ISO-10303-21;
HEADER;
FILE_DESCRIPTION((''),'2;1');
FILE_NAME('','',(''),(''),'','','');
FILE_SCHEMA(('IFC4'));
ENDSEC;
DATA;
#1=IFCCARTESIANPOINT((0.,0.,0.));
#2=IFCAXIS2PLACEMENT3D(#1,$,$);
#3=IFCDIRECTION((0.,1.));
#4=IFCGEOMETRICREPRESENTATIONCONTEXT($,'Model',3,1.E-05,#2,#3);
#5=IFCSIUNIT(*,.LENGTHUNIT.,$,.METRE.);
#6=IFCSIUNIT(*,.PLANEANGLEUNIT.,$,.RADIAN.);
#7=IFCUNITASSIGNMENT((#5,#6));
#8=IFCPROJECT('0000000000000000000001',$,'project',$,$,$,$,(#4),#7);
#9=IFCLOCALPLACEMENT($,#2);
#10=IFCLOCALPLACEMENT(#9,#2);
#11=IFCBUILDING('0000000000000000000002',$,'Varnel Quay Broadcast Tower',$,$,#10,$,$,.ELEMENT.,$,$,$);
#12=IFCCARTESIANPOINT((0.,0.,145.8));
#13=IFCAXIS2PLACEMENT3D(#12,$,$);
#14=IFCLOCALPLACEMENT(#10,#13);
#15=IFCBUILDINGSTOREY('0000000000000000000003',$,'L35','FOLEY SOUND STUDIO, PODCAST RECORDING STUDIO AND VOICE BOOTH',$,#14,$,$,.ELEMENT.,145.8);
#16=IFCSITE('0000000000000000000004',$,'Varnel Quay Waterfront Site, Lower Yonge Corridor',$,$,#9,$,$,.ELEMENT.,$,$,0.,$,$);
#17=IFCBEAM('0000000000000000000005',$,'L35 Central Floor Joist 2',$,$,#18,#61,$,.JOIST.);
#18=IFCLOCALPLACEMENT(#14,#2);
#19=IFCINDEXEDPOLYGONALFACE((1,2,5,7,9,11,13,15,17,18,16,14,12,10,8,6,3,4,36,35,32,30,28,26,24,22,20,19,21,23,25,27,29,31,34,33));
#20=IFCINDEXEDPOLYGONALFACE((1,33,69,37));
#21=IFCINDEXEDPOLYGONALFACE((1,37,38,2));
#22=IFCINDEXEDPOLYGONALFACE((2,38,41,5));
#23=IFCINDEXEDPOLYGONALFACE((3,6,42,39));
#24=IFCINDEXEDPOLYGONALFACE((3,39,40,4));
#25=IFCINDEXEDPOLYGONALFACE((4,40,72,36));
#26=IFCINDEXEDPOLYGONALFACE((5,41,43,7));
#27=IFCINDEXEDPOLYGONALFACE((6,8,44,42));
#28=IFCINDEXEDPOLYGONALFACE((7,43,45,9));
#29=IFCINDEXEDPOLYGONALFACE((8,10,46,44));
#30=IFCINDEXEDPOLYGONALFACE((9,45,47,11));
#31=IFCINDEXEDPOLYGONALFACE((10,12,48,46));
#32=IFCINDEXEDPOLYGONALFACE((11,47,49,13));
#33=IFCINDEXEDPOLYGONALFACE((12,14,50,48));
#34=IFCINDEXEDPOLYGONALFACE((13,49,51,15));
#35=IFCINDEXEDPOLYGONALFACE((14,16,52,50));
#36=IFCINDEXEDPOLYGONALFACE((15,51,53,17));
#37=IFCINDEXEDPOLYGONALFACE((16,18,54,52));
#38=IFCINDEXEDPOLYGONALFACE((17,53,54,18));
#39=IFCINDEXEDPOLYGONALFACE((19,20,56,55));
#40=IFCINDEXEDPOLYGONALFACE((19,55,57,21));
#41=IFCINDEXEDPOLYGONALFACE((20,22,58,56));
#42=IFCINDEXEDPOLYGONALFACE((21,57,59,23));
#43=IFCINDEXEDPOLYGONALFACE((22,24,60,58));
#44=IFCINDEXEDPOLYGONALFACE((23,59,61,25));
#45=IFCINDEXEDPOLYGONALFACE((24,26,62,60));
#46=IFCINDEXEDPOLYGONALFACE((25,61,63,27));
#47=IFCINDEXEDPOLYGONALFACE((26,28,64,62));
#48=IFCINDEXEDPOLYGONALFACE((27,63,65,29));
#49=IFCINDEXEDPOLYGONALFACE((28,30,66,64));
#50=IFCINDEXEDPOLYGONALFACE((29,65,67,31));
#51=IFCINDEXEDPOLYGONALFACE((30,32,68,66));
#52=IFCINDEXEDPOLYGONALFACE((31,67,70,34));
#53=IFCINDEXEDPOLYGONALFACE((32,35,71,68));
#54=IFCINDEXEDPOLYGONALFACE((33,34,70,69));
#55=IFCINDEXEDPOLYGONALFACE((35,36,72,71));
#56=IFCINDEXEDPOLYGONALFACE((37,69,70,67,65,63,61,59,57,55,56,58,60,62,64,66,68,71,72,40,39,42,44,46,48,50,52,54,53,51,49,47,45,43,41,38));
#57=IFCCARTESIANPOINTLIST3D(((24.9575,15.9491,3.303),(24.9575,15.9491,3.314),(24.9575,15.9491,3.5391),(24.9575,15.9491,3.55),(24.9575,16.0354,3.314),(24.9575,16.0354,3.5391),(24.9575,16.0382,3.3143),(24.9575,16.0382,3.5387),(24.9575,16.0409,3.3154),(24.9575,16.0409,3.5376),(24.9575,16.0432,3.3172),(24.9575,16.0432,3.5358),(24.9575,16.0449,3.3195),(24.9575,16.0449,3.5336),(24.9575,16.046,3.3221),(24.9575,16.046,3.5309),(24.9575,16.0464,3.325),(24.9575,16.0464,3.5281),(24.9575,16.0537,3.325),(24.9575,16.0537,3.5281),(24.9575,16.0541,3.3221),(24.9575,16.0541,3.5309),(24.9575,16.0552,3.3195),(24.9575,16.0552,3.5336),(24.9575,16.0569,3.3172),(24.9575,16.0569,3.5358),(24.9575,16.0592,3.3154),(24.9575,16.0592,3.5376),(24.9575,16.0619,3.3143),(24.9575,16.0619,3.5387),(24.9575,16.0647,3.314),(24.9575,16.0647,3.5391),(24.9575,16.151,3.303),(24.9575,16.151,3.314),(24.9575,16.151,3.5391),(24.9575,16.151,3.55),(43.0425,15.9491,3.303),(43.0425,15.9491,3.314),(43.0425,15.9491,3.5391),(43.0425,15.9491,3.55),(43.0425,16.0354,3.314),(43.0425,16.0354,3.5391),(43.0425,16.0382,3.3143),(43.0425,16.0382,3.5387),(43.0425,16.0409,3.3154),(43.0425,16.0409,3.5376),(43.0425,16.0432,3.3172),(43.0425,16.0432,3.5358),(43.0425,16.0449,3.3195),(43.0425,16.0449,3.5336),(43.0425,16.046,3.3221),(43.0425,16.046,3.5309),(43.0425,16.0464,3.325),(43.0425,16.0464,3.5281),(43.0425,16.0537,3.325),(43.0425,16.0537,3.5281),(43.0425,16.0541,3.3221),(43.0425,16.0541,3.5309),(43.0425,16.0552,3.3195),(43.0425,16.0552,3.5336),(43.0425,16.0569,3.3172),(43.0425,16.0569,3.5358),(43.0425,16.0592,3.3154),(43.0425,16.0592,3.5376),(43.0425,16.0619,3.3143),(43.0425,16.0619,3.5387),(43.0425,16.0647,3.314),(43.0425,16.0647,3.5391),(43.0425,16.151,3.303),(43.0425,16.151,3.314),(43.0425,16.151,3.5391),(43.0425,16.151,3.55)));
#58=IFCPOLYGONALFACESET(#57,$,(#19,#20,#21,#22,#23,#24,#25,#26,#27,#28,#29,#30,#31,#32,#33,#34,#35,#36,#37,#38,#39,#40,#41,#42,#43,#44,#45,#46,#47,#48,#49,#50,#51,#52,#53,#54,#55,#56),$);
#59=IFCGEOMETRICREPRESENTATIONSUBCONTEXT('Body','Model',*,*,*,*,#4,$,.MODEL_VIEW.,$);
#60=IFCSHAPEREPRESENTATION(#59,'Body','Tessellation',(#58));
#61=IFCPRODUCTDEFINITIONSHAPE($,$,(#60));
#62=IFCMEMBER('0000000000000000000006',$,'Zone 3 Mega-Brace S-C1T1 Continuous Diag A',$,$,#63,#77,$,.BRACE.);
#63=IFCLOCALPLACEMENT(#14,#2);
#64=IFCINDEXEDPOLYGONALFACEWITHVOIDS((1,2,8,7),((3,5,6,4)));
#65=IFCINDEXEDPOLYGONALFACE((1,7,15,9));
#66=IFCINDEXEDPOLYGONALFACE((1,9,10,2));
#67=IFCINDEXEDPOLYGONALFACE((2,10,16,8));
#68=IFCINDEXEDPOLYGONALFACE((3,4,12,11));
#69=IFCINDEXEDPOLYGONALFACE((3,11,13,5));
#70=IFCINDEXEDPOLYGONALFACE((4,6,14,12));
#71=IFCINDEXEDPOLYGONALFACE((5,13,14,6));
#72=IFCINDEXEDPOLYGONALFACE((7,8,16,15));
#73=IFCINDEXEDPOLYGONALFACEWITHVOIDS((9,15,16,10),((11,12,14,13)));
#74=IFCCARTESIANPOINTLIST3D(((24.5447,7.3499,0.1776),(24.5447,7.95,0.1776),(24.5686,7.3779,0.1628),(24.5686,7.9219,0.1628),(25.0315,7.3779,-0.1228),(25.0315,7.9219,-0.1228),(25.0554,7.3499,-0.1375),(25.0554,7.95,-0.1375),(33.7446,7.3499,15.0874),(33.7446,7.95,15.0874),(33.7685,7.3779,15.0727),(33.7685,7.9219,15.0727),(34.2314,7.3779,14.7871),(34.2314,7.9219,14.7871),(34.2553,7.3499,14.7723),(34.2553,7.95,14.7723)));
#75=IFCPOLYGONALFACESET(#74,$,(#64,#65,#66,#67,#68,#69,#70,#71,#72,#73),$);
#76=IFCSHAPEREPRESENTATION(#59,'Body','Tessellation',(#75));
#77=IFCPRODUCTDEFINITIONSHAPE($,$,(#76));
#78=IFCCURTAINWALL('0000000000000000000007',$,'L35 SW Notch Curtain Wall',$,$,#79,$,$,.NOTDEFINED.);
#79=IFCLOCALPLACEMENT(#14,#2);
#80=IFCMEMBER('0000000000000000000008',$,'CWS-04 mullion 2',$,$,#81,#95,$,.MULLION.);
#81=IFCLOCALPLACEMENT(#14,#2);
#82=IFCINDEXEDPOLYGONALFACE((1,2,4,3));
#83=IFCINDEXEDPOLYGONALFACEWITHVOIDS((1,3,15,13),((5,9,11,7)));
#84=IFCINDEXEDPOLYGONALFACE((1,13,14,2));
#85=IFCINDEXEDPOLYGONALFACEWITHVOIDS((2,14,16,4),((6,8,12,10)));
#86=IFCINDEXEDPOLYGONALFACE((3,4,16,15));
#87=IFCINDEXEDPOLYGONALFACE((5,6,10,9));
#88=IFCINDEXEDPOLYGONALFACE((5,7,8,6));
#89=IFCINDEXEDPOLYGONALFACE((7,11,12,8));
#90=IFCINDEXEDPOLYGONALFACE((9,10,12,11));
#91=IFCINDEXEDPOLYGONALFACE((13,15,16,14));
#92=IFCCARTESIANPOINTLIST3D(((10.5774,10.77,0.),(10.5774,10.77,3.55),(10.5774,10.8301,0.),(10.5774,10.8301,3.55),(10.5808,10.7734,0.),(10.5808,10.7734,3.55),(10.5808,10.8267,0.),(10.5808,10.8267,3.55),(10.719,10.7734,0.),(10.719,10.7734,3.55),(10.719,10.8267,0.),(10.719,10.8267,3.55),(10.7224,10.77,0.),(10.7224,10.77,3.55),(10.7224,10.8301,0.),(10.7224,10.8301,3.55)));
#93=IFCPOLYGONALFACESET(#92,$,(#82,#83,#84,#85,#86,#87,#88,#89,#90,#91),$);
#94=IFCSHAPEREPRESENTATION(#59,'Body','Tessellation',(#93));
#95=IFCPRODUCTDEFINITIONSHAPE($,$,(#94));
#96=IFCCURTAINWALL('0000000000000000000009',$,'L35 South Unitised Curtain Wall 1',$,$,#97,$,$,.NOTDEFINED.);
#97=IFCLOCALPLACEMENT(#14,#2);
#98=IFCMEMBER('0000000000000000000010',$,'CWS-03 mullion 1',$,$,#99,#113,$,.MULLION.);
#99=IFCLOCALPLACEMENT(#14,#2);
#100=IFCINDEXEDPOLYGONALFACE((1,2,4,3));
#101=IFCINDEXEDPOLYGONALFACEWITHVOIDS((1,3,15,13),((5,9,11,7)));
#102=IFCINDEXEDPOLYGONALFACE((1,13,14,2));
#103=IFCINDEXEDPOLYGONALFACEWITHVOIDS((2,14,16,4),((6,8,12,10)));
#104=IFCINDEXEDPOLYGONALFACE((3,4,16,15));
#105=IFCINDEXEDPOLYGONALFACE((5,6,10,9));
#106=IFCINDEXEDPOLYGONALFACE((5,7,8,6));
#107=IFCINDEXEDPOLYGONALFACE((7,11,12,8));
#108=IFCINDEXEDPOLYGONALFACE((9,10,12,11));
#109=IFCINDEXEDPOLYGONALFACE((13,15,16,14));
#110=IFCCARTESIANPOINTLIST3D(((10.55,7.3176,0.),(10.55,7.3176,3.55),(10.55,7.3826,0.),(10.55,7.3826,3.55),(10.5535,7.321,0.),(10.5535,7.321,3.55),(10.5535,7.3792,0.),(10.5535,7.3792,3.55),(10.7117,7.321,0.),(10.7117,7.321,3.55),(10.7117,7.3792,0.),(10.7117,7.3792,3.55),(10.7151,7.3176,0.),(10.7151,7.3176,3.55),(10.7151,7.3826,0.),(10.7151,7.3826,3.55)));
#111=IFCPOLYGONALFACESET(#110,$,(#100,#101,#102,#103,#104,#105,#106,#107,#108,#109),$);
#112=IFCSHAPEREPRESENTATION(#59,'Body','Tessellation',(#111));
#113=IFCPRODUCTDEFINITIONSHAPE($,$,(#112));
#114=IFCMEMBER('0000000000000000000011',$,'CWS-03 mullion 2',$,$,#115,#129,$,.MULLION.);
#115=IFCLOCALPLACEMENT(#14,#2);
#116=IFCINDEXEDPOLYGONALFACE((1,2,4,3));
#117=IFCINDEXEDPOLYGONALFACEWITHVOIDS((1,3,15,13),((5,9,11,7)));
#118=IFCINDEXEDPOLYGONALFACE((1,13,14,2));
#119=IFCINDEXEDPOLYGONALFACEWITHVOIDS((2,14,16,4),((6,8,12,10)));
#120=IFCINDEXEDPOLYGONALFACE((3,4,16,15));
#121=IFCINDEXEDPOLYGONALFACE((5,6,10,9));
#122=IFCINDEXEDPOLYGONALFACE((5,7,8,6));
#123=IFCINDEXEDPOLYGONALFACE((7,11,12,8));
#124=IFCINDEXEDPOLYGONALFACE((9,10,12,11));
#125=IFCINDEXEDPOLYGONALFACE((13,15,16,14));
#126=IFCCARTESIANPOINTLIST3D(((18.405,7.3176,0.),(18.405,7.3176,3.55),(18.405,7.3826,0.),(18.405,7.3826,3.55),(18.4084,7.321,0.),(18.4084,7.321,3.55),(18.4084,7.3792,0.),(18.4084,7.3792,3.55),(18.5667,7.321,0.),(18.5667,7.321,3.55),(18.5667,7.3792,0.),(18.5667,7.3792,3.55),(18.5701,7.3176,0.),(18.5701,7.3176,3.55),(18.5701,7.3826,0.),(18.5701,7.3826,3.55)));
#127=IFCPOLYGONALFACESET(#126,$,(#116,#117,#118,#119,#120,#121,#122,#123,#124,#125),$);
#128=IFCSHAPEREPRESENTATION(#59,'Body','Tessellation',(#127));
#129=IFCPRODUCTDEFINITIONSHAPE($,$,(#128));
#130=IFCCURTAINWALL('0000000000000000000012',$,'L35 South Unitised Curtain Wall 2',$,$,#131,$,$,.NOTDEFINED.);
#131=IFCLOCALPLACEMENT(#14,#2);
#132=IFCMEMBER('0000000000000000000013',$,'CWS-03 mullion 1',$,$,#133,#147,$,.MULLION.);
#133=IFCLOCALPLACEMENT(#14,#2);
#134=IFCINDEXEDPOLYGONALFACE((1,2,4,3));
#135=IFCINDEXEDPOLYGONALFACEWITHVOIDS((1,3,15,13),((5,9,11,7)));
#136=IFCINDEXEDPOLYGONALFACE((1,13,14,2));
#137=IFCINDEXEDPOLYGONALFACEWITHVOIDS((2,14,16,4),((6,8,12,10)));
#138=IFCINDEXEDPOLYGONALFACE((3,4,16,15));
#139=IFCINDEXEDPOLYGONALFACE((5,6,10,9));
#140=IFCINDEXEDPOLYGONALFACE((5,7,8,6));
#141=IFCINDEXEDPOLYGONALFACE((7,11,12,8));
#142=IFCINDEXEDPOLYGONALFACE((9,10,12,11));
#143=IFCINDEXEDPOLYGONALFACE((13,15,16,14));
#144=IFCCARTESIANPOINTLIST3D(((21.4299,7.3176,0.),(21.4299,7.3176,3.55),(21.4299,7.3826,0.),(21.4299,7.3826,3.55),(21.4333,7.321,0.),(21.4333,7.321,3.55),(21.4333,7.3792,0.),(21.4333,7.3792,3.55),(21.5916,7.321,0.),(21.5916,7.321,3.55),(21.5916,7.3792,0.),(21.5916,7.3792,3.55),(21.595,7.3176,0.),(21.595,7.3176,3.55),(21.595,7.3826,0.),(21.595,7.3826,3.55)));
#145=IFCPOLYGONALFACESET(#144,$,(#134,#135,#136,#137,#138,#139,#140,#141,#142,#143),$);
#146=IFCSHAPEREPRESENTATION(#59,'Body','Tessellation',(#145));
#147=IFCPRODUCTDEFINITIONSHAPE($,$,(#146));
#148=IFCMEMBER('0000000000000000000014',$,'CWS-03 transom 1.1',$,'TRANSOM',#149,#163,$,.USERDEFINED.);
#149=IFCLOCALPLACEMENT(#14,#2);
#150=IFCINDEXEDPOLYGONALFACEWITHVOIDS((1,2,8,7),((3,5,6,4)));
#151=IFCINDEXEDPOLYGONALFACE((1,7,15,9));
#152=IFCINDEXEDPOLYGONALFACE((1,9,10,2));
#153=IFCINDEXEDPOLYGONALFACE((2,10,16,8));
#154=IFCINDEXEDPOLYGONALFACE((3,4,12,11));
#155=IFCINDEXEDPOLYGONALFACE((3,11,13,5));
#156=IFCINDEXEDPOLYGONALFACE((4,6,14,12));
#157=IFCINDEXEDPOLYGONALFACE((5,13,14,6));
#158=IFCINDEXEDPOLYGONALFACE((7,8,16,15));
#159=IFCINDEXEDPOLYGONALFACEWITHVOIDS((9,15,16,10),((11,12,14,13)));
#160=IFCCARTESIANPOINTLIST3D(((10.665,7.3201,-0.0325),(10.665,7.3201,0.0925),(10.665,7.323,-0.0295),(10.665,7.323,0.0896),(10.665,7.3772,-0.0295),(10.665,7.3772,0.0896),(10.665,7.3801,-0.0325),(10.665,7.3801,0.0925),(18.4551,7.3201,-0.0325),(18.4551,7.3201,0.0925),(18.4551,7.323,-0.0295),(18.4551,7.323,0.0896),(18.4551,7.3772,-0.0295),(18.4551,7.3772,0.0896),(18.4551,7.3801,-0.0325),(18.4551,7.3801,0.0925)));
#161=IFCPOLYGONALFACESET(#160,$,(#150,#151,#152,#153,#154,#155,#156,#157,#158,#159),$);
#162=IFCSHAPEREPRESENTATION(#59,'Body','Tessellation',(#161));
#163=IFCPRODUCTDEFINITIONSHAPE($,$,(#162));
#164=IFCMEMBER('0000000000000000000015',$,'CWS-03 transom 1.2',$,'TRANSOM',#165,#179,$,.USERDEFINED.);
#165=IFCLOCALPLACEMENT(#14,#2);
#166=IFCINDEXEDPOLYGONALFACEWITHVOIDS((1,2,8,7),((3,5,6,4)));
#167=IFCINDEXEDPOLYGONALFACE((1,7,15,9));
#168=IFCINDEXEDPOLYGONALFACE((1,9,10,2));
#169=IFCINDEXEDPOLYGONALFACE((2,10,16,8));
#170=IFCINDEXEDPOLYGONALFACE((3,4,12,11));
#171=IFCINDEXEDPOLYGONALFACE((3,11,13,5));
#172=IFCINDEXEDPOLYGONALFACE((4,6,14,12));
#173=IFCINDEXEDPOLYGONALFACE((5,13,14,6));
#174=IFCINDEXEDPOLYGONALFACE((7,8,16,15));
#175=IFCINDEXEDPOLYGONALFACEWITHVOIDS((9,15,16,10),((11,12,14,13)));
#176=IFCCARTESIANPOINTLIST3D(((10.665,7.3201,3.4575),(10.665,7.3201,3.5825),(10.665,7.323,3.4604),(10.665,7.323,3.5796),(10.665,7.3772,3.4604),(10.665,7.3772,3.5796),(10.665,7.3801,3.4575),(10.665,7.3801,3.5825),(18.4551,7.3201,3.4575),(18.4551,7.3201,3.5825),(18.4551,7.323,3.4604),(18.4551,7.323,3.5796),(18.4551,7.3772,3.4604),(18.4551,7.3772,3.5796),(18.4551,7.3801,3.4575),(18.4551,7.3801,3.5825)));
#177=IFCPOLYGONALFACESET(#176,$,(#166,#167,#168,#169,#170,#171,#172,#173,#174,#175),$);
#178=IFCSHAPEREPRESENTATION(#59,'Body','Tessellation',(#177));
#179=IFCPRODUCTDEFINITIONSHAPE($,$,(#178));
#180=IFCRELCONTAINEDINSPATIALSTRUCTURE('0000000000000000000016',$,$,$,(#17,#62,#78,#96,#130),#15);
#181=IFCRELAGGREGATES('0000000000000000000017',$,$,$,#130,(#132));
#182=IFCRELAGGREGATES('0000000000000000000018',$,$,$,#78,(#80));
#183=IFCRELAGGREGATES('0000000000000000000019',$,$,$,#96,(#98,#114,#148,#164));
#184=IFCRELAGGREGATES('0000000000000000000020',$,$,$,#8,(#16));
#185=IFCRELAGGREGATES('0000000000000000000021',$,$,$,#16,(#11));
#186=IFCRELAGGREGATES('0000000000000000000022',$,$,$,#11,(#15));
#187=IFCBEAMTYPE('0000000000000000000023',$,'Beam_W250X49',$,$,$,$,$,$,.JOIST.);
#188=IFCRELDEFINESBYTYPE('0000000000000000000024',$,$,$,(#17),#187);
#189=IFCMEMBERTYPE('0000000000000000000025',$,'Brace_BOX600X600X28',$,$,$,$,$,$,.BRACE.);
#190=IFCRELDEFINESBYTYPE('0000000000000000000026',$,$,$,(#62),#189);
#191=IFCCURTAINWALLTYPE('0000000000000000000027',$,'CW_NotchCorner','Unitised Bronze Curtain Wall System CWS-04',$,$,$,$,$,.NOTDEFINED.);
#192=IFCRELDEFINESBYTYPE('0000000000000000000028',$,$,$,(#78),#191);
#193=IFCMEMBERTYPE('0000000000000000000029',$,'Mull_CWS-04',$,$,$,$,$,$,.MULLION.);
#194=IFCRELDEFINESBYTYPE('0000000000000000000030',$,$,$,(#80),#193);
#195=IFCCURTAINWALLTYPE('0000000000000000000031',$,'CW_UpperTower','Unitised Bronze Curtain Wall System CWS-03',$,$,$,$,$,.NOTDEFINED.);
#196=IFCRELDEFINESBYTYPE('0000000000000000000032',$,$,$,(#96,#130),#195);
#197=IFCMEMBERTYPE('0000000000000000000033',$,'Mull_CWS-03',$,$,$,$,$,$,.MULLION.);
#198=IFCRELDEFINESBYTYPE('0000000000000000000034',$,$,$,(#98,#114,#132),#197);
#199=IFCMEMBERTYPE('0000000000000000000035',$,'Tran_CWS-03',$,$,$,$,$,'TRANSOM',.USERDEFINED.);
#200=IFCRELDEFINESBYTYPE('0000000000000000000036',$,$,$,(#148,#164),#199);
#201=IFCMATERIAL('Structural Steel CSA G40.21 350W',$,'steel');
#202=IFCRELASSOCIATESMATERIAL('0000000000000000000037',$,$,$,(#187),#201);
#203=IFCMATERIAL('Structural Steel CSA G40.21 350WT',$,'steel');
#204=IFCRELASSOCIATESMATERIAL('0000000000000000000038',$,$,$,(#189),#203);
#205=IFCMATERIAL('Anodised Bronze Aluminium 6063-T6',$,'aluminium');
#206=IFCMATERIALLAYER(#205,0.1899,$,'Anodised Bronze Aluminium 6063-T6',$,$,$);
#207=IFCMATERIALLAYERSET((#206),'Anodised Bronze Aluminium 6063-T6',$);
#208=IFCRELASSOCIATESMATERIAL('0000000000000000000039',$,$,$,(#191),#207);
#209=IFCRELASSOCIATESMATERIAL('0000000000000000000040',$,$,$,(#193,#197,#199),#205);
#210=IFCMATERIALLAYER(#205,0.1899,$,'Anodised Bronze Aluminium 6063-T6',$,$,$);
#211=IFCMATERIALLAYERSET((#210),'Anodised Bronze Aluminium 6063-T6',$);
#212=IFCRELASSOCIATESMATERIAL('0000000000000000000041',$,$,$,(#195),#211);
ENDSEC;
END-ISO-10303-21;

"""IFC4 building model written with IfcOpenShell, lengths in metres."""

from ifc_helpers import new_model, si_unit, direction, frame, origin, origin_2d, place, context, subcontext, project, spatial, hollow_rectangle, i_section, extrude, source, transform, mapped, material, layer, layer_set, material_profile, profile_set, type_object, type_shapes, element, aggregate, save


model = new_model("IFC4")

# Units and contexts
model_context = context("Model", 3, precision=1e-05, world=origin(), true_north=direction((0.0, 1.0)))
body_context = subcontext(model_context, "Body", "Model", "MODEL_VIEW")
ifc_project = project(units=[si_unit("LENGTHUNIT", "METRE"), si_unit("PLANEANGLEUNIT", "RADIAN")], contexts=[model_context])

# Site, building, storey
site_placement = place(None, origin())
site = spatial("IfcSite", under=ifc_project, at=site_placement, Name="Varnel Quay Waterfront Site, Lower Yonge Corridor", CompositionType="ELEMENT", RefElevation=0.0)
building_placement = place(site_placement, origin())
building = spatial("IfcBuilding", under=site, at=building_placement, Name="Varnel Quay Broadcast Tower", CompositionType="ELEMENT")
storey_placement = place(building_placement, frame((0.0, 0.0, 145.8)))
storey = spatial("IfcBuildingStorey", under=building, at=storey_placement, Name="L35", Description="FOLEY SOUND STUDIO, PODCAST RECORDING STUDIO AND VOICE BOOTH", CompositionType="ELEMENT", Elevation=145.8)

# Shared definitions
ifc_material_1 = material(Name="Structural Steel CSA G40.21 350WT", Category="steel")
ifc_material_2 = material(Name="Structural Steel CSA G40.21 350W", Category="steel")

# Beam
ifc_material_profile_1 = material_profile(ifc_material_2, i_section(OverallWidth=0.2019, OverallDepth=0.2471, WebThickness=0.0073, FlangeThickness=0.011, FilletRadius=0.011, at=origin_2d()), Name="W250X49")
ifc_profile_set_1 = profile_set([ifc_material_profile_1], Name="Structural Steel CSA G40.21 350W")
beam_type_1 = type_object("IfcBeamType", Name="Beam_W250X49", PredefinedType="JOIST", material=ifc_profile_set_1)
shared_shape_1 = source(origin(), body_context, "Body", "SweptSolid", [
    extrude(i_section(OverallWidth=0.2019, OverallDepth=0.2471, WebThickness=0.0073, FlangeThickness=0.011, FilletRadius=0.011, at=origin_2d()), origin(), (0.0, 0.0, 1.0), 18.085),
])
type_shapes(beam_type_1, [shared_shape_1])
beam_1_placement = place(storey_placement, frame((24.9575, 16.05, 3.4265), z_axis=(1.0, 0.0, 0.0), x_axis=(0.0, 1.0, 0.0)))
element("IfcBeam", 1, at=beam_1_placement, inside=storey, type_object=beam_type_1, Name="L35 Central Floor Joist 2", PredefinedType="JOIST", context=body_context, shape_type="MappedRepresentation", body=[
    mapped(shared_shape_1, transform((0.0, 0.0, 0.0), x_axis=(1.0, 0.0, 0.0), y_axis=(0.0, 1.0, 0.0), z_axis=(0.0, 0.0, 1.0), scale=1.0)),
])

# Member
ifc_material_profile_2 = material_profile(ifc_material_1, hollow_rectangle(XDim=0.6001, YDim=0.6001, WallThickness=0.0281, at=origin_2d()), Name="BOX600X600X28")
ifc_profile_set_2 = profile_set([ifc_material_profile_2], Name="Structural Steel CSA G40.21 350WT")
member_type_1 = type_object("IfcMemberType", Name="Brace_BOX600X600X28", PredefinedType="BRACE", material=ifc_profile_set_2)
shared_shape_2 = source(origin(), body_context, "Body", "SweptSolid", [
    extrude(hollow_rectangle(XDim=0.6001, YDim=0.6001, WallThickness=0.0281, at=origin_2d()), origin(), (0.0, 0.0, 1.0), 17.5198),
])
type_shapes(member_type_1, [shared_shape_2])
member_1_placement = place(storey_placement, frame((24.8, 7.6499, 0.02), z_axis=(0.525116, 0.0, 0.85103), x_axis=(0.0, 1.0, 0.0)))
element("IfcMember", 2, at=member_1_placement, inside=storey, type_object=member_type_1, Name="Zone 3 Mega-Brace S-C1T1 Continuous Diag A", PredefinedType="BRACE", context=body_context, shape_type="MappedRepresentation", body=[
    mapped(shared_shape_2, transform((0.0, 0.0, 0.0), x_axis=(1.0, 0.0, 0.0), y_axis=(0.0, 1.0, 0.0), z_axis=(0.0, 0.0, 1.0), scale=1.0)),
])

# Curtain wall, member
ifc_material_3 = material(Name="Anodised Bronze Aluminium 6063-T6", Category="aluminium")
ifc_layer_1 = layer(ifc_material_3, 0.1899, Name="Anodised Bronze Aluminium 6063-T6")
ifc_layer_set_1 = layer_set([ifc_layer_1], Name="Anodised Bronze Aluminium 6063-T6")
curtain_wall_type_1 = type_object("IfcCurtainWallType", Name="CW_NotchCorner", Description="Unitised Bronze Curtain Wall System CWS-04", PredefinedType="NOTDEFINED", material=ifc_layer_set_1)
curtain_wall_1_placement = place(storey_placement, origin())
curtain_wall_1 = element("IfcCurtainWall", 3, at=curtain_wall_1_placement, inside=storey, type_object=curtain_wall_type_1, Name="L35 SW Notch Curtain Wall", PredefinedType="NOTDEFINED")
ifc_material_profile_3 = material_profile(ifc_material_3, hollow_rectangle(XDim=0.0601, YDim=0.145, WallThickness=0.0034, at=origin_2d()), Name="ALU60X145X3.5")
ifc_profile_set_3 = profile_set([ifc_material_profile_3], Name="Anodised Bronze Aluminium 6063-T6")
member_type_2 = type_object("IfcMemberType", Name="Mull_CWS-04", PredefinedType="MULLION", material=ifc_profile_set_3)
shared_shape_3 = source(origin(), body_context, "Body", "SweptSolid", [
    extrude(hollow_rectangle(XDim=0.0601, YDim=0.145, WallThickness=0.0034, at=origin_2d()), origin(), (0.0, 0.0, 1.0), 3.55),
])
type_shapes(member_type_2, [shared_shape_3])
member_2_placement = place(storey_placement, frame((10.6499, 10.8, 0.0), z_axis=(0.0, 0.0, 1.0), x_axis=(0.0, 1.0, 0.0)))
member_2 = element("IfcMember", 4, at=member_2_placement, type_object=member_type_2, Name="CWS-04 mullion 2", PredefinedType="MULLION", context=body_context, shape_type="MappedRepresentation", body=[
    mapped(shared_shape_3, transform((0.0, 0.0, 0.0), x_axis=(1.0, 0.0, 0.0), y_axis=(0.0, 1.0, 0.0), z_axis=(0.0, 0.0, 1.0), scale=1.0)),
])

# Curtain wall, members
ifc_layer_2 = layer(ifc_material_3, 0.1899, Name="Anodised Bronze Aluminium 6063-T6")
ifc_layer_set_2 = layer_set([ifc_layer_2], Name="Anodised Bronze Aluminium 6063-T6")
curtain_wall_type_2 = type_object("IfcCurtainWallType", Name="CW_UpperTower", Description="Unitised Bronze Curtain Wall System CWS-03", PredefinedType="NOTDEFINED", material=ifc_layer_set_2)
curtain_wall_2_placement = place(storey_placement, origin())
curtain_wall_2 = element("IfcCurtainWall", 5, at=curtain_wall_2_placement, inside=storey, type_object=curtain_wall_type_2, Name="L35 South Unitised Curtain Wall 1", PredefinedType="NOTDEFINED")
ifc_material_profile_4 = material_profile(ifc_material_3, hollow_rectangle(XDim=0.0649, YDim=0.165, WallThickness=0.0034, at=origin_2d()), Name="ALU65X165X3.5")
ifc_profile_set_4 = profile_set([ifc_material_profile_4], Name="Anodised Bronze Aluminium 6063-T6")
member_type_3 = type_object("IfcMemberType", Name="Mull_CWS-03", PredefinedType="MULLION", material=ifc_profile_set_4)
shared_shape_4 = source(origin(), body_context, "Body", "SweptSolid", [
    extrude(hollow_rectangle(XDim=0.0649, YDim=0.165, WallThickness=0.0034, at=origin_2d()), origin(), (0.0, 0.0, 1.0), 3.55),
])
type_shapes(member_type_3, [shared_shape_4])
member_3_placement = place(storey_placement, frame((10.6326, 7.3501, 0.0), z_axis=(0.0, 0.0, 1.0), x_axis=(0.0, 1.0, 0.0)))
member_3 = element("IfcMember", 6, at=member_3_placement, type_object=member_type_3, Name="CWS-03 mullion 1", PredefinedType="MULLION", context=body_context, shape_type="MappedRepresentation", body=[
    mapped(shared_shape_4, transform((0.0, 0.0, 0.0), x_axis=(1.0, 0.0, 0.0), y_axis=(0.0, 1.0, 0.0), z_axis=(0.0, 0.0, 1.0), scale=1.0)),
])
member_4_placement = place(storey_placement, frame((18.4875, 7.3501, 0.0), z_axis=(0.0, 0.0, 1.0), x_axis=(0.0, 1.0, 0.0)))
member_4 = element("IfcMember", 7, at=member_4_placement, type_object=member_type_3, Name="CWS-03 mullion 2", PredefinedType="MULLION", context=body_context, shape_type="MappedRepresentation", body=[
    mapped(shared_shape_4, transform((0.0, 0.0, 0.0), x_axis=(1.0, 0.0, 0.0), y_axis=(0.0, 1.0, 0.0), z_axis=(0.0, 0.0, 1.0), scale=1.0)),
])

# Curtain wall, member
curtain_wall_3_placement = place(storey_placement, origin())
curtain_wall_3 = element("IfcCurtainWall", 8, at=curtain_wall_3_placement, inside=storey, type_object=curtain_wall_type_2, Name="L35 South Unitised Curtain Wall 2", PredefinedType="NOTDEFINED")
member_5_placement = place(storey_placement, frame((21.5125, 7.3501, 0.0), z_axis=(0.0, 0.0, 1.0), x_axis=(0.0, 1.0, 0.0)))
member_5 = element("IfcMember", 9, at=member_5_placement, type_object=member_type_3, Name="CWS-03 mullion 1", PredefinedType="MULLION", context=body_context, shape_type="MappedRepresentation", body=[
    mapped(shared_shape_4, transform((0.0, 0.0, 0.0), x_axis=(1.0, 0.0, 0.0), y_axis=(0.0, 1.0, 0.0), z_axis=(0.0, 0.0, 1.0), scale=1.0)),
])

# Members
ifc_material_profile_5 = material_profile(ifc_material_3, hollow_rectangle(XDim=0.0601, YDim=0.125, WallThickness=0.0029, at=origin_2d()), Name="ALU60X125X3")
ifc_profile_set_5 = profile_set([ifc_material_profile_5], Name="Anodised Bronze Aluminium 6063-T6")
member_type_4 = type_object("IfcMemberType", Name="Tran_CWS-03", ElementType="TRANSOM", PredefinedType="USERDEFINED", material=ifc_profile_set_5)
shared_shape_5 = source(origin(), body_context, "Body", "SweptSolid", [
    extrude(hollow_rectangle(XDim=0.0601, YDim=0.125, WallThickness=0.0029, at=origin_2d()), origin(), (0.0, 0.0, 1.0), 7.79),
])
member_6_placement = place(storey_placement, frame((10.665, 7.3501, 0.03), z_axis=(1.0, 0.0, 0.0), x_axis=(0.0, 1.0, 0.0)))
member_6 = element("IfcMember", 10, at=member_6_placement, type_object=member_type_4, Name="CWS-03 transom 1.1", ObjectType="TRANSOM", PredefinedType="USERDEFINED", context=body_context, shape_type="MappedRepresentation", body=[
    mapped(shared_shape_5, transform((0.0, 0.0, 0.0), x_axis=(1.0, 0.0, 0.0), y_axis=(0.0, 1.0, 0.0), z_axis=(0.0, 0.0, 1.0), scale=1.0)),
])
member_7_placement = place(storey_placement, frame((10.665, 7.3501, 3.52), z_axis=(1.0, 0.0, 0.0), x_axis=(0.0, 1.0, 0.0)))
member_7 = element("IfcMember", 11, at=member_7_placement, type_object=member_type_4, Name="CWS-03 transom 1.2", ObjectType="TRANSOM", PredefinedType="USERDEFINED", context=body_context, shape_type="MappedRepresentation", body=[
    mapped(shared_shape_5, transform((0.0, 0.0, 0.0), x_axis=(1.0, 0.0, 0.0), y_axis=(0.0, 1.0, 0.0), z_axis=(0.0, 0.0, 1.0), scale=1.0)),
])
aggregate(curtain_wall_3, [member_5])

aggregate(curtain_wall_1, [member_2])
aggregate(curtain_wall_2, [member_3, member_4, member_6, member_7])

save(model, "model.ifc")
